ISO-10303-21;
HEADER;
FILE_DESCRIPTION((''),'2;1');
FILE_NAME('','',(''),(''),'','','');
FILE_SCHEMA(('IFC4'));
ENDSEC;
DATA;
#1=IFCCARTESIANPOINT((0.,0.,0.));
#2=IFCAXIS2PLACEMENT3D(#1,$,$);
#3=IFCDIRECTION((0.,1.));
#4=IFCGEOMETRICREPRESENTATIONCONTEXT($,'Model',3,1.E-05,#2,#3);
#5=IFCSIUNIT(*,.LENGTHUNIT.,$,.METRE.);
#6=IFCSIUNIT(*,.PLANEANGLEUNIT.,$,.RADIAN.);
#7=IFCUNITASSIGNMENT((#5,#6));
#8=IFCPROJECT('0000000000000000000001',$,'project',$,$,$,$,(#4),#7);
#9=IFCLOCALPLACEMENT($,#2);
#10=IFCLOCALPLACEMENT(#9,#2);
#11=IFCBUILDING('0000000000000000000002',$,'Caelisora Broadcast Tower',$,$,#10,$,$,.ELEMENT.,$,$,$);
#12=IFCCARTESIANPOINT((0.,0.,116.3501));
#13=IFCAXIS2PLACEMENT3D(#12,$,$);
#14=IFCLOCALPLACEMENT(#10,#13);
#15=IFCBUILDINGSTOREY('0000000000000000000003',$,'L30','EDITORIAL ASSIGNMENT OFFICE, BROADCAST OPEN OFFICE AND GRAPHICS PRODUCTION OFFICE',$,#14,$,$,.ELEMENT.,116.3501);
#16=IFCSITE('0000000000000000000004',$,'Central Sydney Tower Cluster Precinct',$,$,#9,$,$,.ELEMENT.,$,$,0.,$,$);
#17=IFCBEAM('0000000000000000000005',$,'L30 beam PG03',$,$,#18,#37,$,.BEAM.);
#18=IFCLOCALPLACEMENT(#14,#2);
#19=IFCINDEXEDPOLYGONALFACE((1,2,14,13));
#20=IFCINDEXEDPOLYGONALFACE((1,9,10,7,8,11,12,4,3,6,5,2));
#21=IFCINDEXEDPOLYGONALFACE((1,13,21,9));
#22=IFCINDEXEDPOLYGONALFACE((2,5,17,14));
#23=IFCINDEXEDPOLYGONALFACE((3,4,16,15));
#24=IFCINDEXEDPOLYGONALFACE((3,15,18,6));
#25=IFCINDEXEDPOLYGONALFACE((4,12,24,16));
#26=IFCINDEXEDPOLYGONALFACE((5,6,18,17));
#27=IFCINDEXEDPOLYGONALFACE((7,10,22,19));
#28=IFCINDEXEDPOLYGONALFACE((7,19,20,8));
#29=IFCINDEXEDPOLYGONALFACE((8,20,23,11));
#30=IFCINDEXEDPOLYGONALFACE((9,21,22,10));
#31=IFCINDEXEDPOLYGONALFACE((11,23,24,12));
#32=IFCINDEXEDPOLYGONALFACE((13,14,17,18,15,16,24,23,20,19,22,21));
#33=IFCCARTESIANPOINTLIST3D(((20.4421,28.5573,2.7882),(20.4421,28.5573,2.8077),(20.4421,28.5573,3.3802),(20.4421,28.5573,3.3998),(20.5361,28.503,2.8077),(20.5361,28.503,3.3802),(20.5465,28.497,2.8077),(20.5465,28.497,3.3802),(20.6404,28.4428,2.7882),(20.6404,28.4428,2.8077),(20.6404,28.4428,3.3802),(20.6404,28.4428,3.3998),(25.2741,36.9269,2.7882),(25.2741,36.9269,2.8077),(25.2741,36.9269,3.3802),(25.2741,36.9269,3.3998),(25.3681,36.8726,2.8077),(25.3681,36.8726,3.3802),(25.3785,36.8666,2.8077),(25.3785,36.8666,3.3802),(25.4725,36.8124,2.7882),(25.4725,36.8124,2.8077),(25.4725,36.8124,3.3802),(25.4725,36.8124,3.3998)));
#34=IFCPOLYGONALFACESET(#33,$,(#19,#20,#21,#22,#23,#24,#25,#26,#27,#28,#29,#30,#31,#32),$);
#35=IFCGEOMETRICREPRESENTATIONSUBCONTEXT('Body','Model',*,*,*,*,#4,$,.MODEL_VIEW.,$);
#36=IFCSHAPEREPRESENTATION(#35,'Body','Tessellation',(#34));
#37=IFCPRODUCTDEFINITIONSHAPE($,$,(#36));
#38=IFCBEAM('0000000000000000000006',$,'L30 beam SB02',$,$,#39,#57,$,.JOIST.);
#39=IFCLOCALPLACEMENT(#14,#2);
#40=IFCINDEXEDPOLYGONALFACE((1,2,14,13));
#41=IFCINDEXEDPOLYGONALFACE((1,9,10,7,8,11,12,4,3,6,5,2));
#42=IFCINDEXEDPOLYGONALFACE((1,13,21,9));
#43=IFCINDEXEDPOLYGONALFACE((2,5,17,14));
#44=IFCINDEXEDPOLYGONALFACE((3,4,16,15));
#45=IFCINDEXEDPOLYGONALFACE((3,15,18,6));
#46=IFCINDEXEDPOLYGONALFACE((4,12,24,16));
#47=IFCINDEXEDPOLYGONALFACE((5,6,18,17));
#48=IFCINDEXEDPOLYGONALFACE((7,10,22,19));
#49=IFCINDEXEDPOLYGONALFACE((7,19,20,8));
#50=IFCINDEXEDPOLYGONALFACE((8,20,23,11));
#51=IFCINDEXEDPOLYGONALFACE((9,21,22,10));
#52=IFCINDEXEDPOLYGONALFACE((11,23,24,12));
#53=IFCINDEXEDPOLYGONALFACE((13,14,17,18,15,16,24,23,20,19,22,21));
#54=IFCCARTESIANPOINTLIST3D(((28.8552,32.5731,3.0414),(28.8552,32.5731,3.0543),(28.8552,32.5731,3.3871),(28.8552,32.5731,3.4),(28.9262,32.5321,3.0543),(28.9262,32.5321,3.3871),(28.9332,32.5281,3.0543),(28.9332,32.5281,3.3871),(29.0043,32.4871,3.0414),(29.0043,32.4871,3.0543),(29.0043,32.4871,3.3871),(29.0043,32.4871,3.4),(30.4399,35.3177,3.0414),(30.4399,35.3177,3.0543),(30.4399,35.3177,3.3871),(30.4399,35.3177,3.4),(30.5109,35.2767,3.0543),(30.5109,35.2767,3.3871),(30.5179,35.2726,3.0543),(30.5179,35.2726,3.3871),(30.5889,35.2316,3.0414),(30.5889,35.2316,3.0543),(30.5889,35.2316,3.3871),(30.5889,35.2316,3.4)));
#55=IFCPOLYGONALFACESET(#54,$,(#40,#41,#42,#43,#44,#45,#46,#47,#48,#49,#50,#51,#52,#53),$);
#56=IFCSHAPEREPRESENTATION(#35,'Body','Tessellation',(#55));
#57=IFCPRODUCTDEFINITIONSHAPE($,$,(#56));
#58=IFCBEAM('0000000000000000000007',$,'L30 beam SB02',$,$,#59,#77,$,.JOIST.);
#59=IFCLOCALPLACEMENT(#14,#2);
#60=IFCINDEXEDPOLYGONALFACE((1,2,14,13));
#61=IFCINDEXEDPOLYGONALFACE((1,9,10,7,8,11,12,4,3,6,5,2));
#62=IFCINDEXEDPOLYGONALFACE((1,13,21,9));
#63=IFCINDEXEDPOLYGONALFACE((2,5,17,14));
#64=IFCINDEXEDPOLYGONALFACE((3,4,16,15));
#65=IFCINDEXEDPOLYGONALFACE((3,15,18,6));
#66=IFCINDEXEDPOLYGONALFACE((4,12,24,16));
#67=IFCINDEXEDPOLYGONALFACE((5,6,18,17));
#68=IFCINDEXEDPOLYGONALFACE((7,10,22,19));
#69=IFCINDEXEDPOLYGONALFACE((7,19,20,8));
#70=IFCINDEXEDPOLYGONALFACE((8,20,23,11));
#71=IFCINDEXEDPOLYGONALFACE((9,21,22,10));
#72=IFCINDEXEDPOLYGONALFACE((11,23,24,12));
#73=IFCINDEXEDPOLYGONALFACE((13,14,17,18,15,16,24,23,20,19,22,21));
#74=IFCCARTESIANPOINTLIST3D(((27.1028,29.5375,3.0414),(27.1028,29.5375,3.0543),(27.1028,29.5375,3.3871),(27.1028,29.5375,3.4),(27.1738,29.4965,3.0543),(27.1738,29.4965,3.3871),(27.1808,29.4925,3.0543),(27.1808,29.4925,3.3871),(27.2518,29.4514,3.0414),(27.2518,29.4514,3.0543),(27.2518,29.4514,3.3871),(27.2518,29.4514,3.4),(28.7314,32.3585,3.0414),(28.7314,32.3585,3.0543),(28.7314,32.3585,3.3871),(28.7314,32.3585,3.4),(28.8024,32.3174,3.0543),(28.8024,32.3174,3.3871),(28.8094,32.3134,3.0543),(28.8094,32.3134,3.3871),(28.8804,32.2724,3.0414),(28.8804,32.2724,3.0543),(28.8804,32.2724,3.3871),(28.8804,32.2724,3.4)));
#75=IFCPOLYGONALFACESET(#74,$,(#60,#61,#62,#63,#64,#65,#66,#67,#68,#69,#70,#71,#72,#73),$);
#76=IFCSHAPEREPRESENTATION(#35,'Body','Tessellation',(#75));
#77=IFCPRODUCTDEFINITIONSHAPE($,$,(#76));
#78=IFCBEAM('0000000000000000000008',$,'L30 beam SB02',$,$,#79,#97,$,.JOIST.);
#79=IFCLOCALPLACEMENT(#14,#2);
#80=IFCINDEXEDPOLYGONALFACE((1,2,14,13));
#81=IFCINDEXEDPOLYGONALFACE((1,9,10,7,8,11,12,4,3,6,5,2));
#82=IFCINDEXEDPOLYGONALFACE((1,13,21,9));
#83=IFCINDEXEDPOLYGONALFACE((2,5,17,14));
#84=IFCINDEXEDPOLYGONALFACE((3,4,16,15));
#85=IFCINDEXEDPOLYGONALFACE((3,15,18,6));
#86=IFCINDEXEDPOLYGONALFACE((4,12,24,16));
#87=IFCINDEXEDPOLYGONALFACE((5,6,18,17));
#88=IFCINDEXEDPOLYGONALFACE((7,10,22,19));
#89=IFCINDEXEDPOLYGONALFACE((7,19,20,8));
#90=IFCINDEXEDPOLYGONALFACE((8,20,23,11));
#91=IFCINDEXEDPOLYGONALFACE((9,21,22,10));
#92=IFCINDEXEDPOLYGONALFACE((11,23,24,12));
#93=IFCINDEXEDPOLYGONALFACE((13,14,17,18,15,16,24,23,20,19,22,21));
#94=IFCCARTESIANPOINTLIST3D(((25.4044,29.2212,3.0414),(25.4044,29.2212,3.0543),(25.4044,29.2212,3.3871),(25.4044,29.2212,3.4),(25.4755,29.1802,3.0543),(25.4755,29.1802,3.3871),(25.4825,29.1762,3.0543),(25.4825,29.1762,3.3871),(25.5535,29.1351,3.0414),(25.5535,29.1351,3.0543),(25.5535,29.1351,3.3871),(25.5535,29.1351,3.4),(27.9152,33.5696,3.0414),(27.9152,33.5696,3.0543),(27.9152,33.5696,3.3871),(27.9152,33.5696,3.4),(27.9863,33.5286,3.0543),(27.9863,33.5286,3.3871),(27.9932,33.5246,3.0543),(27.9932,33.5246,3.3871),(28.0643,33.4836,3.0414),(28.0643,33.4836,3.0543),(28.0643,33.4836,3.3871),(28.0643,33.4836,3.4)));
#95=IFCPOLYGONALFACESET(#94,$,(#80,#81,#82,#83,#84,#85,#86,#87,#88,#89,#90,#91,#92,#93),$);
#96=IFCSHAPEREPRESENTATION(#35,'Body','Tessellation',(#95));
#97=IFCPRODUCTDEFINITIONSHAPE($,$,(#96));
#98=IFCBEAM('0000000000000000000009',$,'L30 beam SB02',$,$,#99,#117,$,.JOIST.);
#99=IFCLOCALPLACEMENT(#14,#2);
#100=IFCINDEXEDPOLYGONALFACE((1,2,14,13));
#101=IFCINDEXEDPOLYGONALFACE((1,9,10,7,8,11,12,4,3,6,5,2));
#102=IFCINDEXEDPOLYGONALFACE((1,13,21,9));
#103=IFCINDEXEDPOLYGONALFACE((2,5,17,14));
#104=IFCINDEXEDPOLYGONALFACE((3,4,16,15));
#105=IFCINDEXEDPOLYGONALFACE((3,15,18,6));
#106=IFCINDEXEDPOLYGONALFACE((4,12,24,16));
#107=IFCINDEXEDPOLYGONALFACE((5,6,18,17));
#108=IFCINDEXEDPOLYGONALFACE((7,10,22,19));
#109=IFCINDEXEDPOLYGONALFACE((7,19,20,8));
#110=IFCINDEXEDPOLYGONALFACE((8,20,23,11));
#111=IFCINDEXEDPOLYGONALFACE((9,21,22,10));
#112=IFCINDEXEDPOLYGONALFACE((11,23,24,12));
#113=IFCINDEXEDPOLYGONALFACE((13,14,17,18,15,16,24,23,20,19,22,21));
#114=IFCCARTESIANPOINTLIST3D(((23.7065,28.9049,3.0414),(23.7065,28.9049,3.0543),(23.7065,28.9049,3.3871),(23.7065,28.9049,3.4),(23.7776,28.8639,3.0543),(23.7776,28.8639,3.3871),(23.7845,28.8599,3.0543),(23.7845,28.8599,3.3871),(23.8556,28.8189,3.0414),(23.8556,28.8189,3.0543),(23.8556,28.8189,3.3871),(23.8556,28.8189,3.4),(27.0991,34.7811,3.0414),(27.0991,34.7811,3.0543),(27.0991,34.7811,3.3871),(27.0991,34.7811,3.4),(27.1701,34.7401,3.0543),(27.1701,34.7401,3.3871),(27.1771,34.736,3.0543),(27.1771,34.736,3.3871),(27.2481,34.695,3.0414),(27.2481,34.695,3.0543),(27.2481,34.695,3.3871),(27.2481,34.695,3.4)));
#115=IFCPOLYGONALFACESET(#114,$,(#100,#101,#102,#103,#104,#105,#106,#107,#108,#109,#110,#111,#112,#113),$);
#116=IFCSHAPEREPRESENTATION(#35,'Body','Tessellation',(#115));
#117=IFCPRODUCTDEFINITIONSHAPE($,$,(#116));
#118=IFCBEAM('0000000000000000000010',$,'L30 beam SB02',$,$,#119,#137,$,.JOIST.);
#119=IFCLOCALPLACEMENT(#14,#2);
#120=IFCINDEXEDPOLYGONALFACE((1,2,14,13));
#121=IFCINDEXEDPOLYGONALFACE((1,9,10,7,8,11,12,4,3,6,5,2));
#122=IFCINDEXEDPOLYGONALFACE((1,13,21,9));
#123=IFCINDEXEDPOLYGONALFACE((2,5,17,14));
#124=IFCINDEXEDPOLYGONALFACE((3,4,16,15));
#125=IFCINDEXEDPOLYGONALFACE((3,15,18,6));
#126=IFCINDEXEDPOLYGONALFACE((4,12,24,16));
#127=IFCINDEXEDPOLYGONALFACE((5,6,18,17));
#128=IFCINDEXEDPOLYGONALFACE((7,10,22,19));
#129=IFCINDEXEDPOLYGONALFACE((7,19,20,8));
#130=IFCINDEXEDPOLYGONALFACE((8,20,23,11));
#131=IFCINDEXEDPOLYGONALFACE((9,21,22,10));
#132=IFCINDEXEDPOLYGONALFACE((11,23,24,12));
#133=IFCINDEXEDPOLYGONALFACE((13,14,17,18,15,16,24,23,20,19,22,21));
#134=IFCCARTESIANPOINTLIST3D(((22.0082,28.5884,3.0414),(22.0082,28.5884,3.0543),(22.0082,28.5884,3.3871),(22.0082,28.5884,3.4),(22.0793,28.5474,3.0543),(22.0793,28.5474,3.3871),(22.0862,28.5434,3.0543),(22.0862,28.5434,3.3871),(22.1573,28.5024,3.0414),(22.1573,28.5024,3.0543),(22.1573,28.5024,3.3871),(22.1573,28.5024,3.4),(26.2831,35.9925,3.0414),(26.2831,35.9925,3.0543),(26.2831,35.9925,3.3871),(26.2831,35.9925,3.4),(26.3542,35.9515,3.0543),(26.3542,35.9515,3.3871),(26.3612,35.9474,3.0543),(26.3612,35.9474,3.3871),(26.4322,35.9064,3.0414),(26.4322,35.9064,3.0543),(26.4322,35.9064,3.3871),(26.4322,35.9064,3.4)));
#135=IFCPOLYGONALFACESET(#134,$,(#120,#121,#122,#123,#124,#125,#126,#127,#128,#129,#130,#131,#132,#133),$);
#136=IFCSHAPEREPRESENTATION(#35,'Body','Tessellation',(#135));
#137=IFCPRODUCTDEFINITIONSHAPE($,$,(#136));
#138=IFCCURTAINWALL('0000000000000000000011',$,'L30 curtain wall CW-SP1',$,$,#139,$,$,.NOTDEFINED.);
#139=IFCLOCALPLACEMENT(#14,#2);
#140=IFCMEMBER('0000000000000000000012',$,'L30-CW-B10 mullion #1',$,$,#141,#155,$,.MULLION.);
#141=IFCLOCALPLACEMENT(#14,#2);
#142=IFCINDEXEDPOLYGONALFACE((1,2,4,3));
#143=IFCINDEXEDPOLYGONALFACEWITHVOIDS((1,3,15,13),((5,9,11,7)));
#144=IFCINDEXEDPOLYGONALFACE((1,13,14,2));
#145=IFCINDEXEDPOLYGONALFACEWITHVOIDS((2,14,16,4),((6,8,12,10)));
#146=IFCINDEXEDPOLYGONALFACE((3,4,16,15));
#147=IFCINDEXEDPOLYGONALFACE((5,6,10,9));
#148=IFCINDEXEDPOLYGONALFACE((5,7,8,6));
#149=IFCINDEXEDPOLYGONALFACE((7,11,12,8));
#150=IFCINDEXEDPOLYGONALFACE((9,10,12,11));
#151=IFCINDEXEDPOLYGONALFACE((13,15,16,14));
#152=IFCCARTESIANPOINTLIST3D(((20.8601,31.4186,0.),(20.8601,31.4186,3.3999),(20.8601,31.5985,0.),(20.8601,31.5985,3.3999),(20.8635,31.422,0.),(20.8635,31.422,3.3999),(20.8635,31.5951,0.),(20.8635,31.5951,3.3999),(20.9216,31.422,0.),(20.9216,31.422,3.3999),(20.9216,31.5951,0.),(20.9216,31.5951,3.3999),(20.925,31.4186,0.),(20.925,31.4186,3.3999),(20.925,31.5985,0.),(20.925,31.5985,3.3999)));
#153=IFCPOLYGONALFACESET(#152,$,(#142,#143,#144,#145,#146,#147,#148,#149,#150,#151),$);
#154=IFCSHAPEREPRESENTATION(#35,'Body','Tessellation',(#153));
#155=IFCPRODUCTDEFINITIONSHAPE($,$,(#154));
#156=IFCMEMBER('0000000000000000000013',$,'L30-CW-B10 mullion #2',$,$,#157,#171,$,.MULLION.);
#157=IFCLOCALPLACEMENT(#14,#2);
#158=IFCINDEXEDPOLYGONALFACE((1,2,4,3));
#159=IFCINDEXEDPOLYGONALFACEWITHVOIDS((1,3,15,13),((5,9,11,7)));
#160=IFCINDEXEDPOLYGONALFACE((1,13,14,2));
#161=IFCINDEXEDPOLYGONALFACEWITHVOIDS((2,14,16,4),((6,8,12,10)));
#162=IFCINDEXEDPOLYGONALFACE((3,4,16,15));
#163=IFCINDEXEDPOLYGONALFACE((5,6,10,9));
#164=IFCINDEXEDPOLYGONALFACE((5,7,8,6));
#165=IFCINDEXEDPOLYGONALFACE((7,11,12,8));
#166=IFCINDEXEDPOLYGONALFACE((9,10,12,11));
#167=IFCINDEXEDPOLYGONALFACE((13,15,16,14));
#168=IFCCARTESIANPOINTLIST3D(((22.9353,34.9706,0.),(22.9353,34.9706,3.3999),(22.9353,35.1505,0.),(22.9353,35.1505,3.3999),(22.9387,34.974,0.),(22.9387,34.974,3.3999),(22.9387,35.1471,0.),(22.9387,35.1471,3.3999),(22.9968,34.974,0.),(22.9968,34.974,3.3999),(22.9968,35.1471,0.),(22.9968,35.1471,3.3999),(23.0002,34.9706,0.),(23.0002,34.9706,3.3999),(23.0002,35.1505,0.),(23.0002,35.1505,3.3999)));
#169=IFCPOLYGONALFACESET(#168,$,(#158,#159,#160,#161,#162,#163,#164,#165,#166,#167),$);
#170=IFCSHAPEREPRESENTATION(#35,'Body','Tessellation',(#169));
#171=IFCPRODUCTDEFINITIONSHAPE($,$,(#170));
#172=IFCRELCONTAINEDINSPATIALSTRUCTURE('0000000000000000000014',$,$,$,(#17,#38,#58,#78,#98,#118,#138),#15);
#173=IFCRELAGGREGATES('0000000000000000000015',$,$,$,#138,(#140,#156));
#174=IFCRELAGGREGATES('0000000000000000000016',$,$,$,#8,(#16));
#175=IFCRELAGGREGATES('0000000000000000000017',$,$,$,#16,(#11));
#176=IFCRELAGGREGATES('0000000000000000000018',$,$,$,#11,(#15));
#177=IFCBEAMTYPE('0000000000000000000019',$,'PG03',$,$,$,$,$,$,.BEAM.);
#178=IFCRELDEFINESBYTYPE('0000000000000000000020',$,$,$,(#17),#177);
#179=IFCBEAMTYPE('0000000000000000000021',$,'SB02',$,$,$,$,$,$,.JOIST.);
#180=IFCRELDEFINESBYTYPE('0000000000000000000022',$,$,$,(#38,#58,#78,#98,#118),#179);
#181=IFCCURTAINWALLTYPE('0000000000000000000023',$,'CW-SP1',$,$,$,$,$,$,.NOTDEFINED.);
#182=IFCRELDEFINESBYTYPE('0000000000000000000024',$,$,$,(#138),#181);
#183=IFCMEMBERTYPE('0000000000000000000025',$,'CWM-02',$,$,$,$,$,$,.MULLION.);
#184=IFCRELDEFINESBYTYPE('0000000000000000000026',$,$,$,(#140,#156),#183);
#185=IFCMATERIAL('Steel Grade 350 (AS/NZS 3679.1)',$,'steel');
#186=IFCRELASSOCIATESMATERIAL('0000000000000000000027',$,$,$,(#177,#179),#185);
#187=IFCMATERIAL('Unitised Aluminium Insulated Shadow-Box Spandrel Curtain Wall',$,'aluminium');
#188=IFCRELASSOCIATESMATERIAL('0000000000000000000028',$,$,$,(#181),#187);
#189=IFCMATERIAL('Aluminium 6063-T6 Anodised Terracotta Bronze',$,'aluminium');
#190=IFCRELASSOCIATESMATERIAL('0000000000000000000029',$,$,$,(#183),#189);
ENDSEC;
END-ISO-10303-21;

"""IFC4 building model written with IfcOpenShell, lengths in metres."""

from ifc_helpers import new_model, si_unit, direction, frame, origin, origin_2d, place, context, subcontext, project, spatial, hollow_rectangle, i_section, extrude, source, transform, mapped, material, material_profile, profile_set, type_object, type_shapes, element, aggregate, save


model = new_model("IFC4")

# Units and contexts
model_context = context("Model", 3, precision=1e-05, world=origin(), true_north=direction((0.0, 1.0)))
body_context = subcontext(model_context, "Body", "Model", "MODEL_VIEW")
ifc_project = project(units=[si_unit("LENGTHUNIT", "METRE"), si_unit("PLANEANGLEUNIT", "RADIAN")], contexts=[model_context])

# Site, building, storey
site_placement = place(None, origin())
site = spatial("IfcSite", under=ifc_project, at=site_placement, Name="Central Sydney Tower Cluster Precinct", CompositionType="ELEMENT", RefElevation=0.0)
building_placement = place(site_placement, origin())
building = spatial("IfcBuilding", under=site, at=building_placement, Name="Caelisora Broadcast Tower", CompositionType="ELEMENT")
storey_placement = place(building_placement, frame((0.0, 0.0, 116.3501)))
storey = spatial("IfcBuildingStorey", under=building, at=storey_placement, Name="L30", Description="EDITORIAL ASSIGNMENT OFFICE, BROADCAST OPEN OFFICE AND GRAPHICS PRODUCTION OFFICE", CompositionType="ELEMENT", Elevation=116.3501)

# Beams
ifc_material_1 = material(Name="Steel Grade 350 (AS/NZS 3679.1)", Category="steel")
ifc_material_profile_1 = material_profile(ifc_material_1, i_section(OverallWidth=0.229, OverallDepth=0.6116, WebThickness=0.012, FlangeThickness=0.0195, at=origin_2d()), Name="Steel Grade 350 (AS/NZS 3679.1)")
ifc_profile_set_1 = profile_set([ifc_material_profile_1], Name="Steel Grade 350 (AS/NZS 3679.1)")
beam_type_1 = type_object("IfcBeamType", Name="PG03", PredefinedType="BEAM", material=ifc_profile_set_1)
shared_shape_1 = source(origin(), body_context, "Body", "SweptSolid", [
    extrude(i_section(OverallWidth=0.229, OverallDepth=0.6116, WebThickness=0.012, FlangeThickness=0.0195, at=origin_2d()), origin(), (0.0, 0.0, 1.0), 9.6643),
])
type_shapes(beam_type_1, [shared_shape_1])
beam_1_placement = place(storey_placement, frame((25.3733, 36.8696, 3.094), z_axis=(-0.499986, -0.866033, 0.0), x_axis=(0.866033, -0.499986, 0.0)))
element("IfcBeam", 1, at=beam_1_placement, inside=storey, type_object=beam_type_1, Name="L30 beam PG03", PredefinedType="BEAM", context=body_context, shape_type="MappedRepresentation", body=[
    mapped(shared_shape_1, transform((0.0, 0.0, 0.0), scale=1.0)),
])
ifc_material_profile_2 = material_profile(ifc_material_1, i_section(OverallWidth=0.1721, OverallDepth=0.3586, WebThickness=0.0081, FlangeThickness=0.0129, at=origin_2d()), Name="Steel Grade 350 (AS/NZS 3679.1)")
ifc_profile_set_2 = profile_set([ifc_material_profile_2], Name="Steel Grade 350 (AS/NZS 3679.1)")
beam_type_2 = type_object("IfcBeamType", Name="SB02", PredefinedType="JOIST", material=ifc_profile_set_2)
shared_shape_2 = source(origin(), body_context, "Body", "SweptSolid", [
    extrude(i_section(OverallWidth=0.1721, OverallDepth=0.3586, WebThickness=0.0081, FlangeThickness=0.0129, at=origin_2d()), origin(), (0.0, 0.0, 1.0), 3.1692),
])
beam_2_placement = place(storey_placement, frame((30.5144, 35.2747, 3.2207), z_axis=(-0.500025, -0.866011, 0.0), x_axis=(0.866011, -0.500025, 0.0)))
element("IfcBeam", 2, at=beam_2_placement, inside=storey, type_object=beam_type_2, Name="L30 beam SB02", PredefinedType="JOIST", context=body_context, shape_type="MappedRepresentation", body=[
    mapped(shared_shape_2, transform((0.0, 0.0, 0.0), scale=1.0)),
])
shared_shape_3 = source(origin(), body_context, "Body", "SweptSolid", [
    extrude(i_section(OverallWidth=0.1721, OverallDepth=0.3586, WebThickness=0.0081, FlangeThickness=0.0129, at=origin_2d()), origin(), (0.0, 0.0, 1.0), 3.2573),
])
beam_3_placement = place(storey_placement, frame((28.8059, 32.3154, 3.2207), z_axis=(-0.499984, -0.866035, 0.0), x_axis=(0.866035, -0.499984, 0.0)))
element("IfcBeam", 3, at=beam_3_placement, inside=storey, type_object=beam_type_2, Name="L30 beam SB02", PredefinedType="JOIST", context=body_context, shape_type="MappedRepresentation", body=[
    mapped(shared_shape_3, transform((0.0, 0.0, 0.0), scale=1.0)),
])
shared_shape_4 = source(origin(), body_context, "Body", "SweptSolid", [
    extrude(i_section(OverallWidth=0.1721, OverallDepth=0.3586, WebThickness=0.0081, FlangeThickness=0.0129, at=origin_2d()), origin(), (0.0, 0.0, 1.0), 5.0212),
])
beam_4_placement = place(storey_placement, frame((27.9897, 33.5266, 3.2207), z_axis=(-0.50003, -0.866008, 0.0), x_axis=(0.866008, -0.50003, 0.0)))
element("IfcBeam", 4, at=beam_4_placement, inside=storey, type_object=beam_type_2, Name="L30 beam SB02", PredefinedType="JOIST", context=body_context, shape_type="MappedRepresentation", body=[
    mapped(shared_shape_4, transform((0.0, 0.0, 0.0), scale=1.0)),
])
shared_shape_5 = source(origin(), body_context, "Body", "SweptSolid", [
    extrude(i_section(OverallWidth=0.1721, OverallDepth=0.3586, WebThickness=0.0081, FlangeThickness=0.0129, at=origin_2d()), origin(), (0.0, 0.0, 1.0), 6.7852),
])
beam_5_placement = place(storey_placement, frame((27.1736, 34.738, 3.2207), z_axis=(-0.499993, -0.866029, 0.0), x_axis=(0.866029, -0.499993, 0.0)))
element("IfcBeam", 5, at=beam_5_placement, inside=storey, type_object=beam_type_2, Name="L30 beam SB02", PredefinedType="JOIST", context=body_context, shape_type="MappedRepresentation", body=[
    mapped(shared_shape_5, transform((0.0, 0.0, 0.0), scale=1.0)),
])
shared_shape_6 = source(origin(), body_context, "Body", "SweptSolid", [
    extrude(i_section(OverallWidth=0.1721, OverallDepth=0.3586, WebThickness=0.0081, FlangeThickness=0.0129, at=origin_2d()), origin(), (0.0, 0.0, 1.0), 8.5496),
])
type_shapes(beam_type_2, [shared_shape_2, shared_shape_3, shared_shape_4, shared_shape_5, shared_shape_6])
beam_6_placement = place(storey_placement, frame((26.3577, 35.9495, 3.2207), z_axis=(-0.500015, -0.866017, 0.0), x_axis=(0.866017, -0.500015, 0.0)))
element("IfcBeam", 6, at=beam_6_placement, inside=storey, type_object=beam_type_2, Name="L30 beam SB02", PredefinedType="JOIST", context=body_context, shape_type="MappedRepresentation", body=[
    mapped(shared_shape_6, transform((0.0, 0.0, 0.0), scale=1.0)),
])

# Curtain wall, members
ifc_material_2 = material(Name="Unitised Aluminium Insulated Shadow-Box Spandrel Curtain Wall", Category="aluminium")
curtain_wall_type = type_object("IfcCurtainWallType", Name="CW-SP1", PredefinedType="NOTDEFINED", material=ifc_material_2)
curtain_wall_placement = place(storey_placement, origin())
curtain_wall = element("IfcCurtainWall", 7, at=curtain_wall_placement, inside=storey, type_object=curtain_wall_type, Name="L30 curtain wall CW-SP1", PredefinedType="NOTDEFINED")
ifc_material_3 = material(Name="Aluminium 6063-T6 Anodised Terracotta Bronze", Category="aluminium")
ifc_material_profile_3 = material_profile(ifc_material_3, hollow_rectangle(XDim=0.0649, YDim=0.1799, WallThickness=0.0034, at=origin_2d()), Name="Aluminium 6063-T6 Anodised Terracotta Bronze")
ifc_profile_set_3 = profile_set([ifc_material_profile_3], Name="Aluminium 6063-T6 Anodised Terracotta Bronze")
member_type = type_object("IfcMemberType", Name="CWM-02", PredefinedType="MULLION", material=ifc_profile_set_3)
shared_shape_7 = source(origin(), body_context, "Body", "SweptSolid", [
    extrude(hollow_rectangle(XDim=0.0649, YDim=0.1799, WallThickness=0.0034, at=origin_2d()), origin(), (0.0, 0.0, 1.0), 3.3999),
])
type_shapes(member_type, [shared_shape_7])
member_1_placement = place(storey_placement, frame((20.8926, 31.5085, 0.0), z_axis=(0.0, 0.0, 1.0), x_axis=(1.0, 0.0, 0.0)))
member_1 = element("IfcMember", 8, at=member_1_placement, type_object=member_type, Name="L30-CW-B10 mullion #1", PredefinedType="MULLION", context=body_context, shape_type="MappedRepresentation", body=[
    mapped(shared_shape_7, transform((0.0, 0.0, 0.0), scale=1.0)),
])
member_2_placement = place(storey_placement, frame((22.9678, 35.0605, 0.0), z_axis=(0.0, 0.0, 1.0), x_axis=(1.0, 0.0, 0.0)))
member_2 = element("IfcMember", 9, at=member_2_placement, type_object=member_type, Name="L30-CW-B10 mullion #2", PredefinedType="MULLION", context=body_context, shape_type="MappedRepresentation", body=[
    mapped(shared_shape_7, transform((0.0, 0.0, 0.0), scale=1.0)),
])
aggregate(curtain_wall, [member_1, member_2])

save(model, "model.ifc")
